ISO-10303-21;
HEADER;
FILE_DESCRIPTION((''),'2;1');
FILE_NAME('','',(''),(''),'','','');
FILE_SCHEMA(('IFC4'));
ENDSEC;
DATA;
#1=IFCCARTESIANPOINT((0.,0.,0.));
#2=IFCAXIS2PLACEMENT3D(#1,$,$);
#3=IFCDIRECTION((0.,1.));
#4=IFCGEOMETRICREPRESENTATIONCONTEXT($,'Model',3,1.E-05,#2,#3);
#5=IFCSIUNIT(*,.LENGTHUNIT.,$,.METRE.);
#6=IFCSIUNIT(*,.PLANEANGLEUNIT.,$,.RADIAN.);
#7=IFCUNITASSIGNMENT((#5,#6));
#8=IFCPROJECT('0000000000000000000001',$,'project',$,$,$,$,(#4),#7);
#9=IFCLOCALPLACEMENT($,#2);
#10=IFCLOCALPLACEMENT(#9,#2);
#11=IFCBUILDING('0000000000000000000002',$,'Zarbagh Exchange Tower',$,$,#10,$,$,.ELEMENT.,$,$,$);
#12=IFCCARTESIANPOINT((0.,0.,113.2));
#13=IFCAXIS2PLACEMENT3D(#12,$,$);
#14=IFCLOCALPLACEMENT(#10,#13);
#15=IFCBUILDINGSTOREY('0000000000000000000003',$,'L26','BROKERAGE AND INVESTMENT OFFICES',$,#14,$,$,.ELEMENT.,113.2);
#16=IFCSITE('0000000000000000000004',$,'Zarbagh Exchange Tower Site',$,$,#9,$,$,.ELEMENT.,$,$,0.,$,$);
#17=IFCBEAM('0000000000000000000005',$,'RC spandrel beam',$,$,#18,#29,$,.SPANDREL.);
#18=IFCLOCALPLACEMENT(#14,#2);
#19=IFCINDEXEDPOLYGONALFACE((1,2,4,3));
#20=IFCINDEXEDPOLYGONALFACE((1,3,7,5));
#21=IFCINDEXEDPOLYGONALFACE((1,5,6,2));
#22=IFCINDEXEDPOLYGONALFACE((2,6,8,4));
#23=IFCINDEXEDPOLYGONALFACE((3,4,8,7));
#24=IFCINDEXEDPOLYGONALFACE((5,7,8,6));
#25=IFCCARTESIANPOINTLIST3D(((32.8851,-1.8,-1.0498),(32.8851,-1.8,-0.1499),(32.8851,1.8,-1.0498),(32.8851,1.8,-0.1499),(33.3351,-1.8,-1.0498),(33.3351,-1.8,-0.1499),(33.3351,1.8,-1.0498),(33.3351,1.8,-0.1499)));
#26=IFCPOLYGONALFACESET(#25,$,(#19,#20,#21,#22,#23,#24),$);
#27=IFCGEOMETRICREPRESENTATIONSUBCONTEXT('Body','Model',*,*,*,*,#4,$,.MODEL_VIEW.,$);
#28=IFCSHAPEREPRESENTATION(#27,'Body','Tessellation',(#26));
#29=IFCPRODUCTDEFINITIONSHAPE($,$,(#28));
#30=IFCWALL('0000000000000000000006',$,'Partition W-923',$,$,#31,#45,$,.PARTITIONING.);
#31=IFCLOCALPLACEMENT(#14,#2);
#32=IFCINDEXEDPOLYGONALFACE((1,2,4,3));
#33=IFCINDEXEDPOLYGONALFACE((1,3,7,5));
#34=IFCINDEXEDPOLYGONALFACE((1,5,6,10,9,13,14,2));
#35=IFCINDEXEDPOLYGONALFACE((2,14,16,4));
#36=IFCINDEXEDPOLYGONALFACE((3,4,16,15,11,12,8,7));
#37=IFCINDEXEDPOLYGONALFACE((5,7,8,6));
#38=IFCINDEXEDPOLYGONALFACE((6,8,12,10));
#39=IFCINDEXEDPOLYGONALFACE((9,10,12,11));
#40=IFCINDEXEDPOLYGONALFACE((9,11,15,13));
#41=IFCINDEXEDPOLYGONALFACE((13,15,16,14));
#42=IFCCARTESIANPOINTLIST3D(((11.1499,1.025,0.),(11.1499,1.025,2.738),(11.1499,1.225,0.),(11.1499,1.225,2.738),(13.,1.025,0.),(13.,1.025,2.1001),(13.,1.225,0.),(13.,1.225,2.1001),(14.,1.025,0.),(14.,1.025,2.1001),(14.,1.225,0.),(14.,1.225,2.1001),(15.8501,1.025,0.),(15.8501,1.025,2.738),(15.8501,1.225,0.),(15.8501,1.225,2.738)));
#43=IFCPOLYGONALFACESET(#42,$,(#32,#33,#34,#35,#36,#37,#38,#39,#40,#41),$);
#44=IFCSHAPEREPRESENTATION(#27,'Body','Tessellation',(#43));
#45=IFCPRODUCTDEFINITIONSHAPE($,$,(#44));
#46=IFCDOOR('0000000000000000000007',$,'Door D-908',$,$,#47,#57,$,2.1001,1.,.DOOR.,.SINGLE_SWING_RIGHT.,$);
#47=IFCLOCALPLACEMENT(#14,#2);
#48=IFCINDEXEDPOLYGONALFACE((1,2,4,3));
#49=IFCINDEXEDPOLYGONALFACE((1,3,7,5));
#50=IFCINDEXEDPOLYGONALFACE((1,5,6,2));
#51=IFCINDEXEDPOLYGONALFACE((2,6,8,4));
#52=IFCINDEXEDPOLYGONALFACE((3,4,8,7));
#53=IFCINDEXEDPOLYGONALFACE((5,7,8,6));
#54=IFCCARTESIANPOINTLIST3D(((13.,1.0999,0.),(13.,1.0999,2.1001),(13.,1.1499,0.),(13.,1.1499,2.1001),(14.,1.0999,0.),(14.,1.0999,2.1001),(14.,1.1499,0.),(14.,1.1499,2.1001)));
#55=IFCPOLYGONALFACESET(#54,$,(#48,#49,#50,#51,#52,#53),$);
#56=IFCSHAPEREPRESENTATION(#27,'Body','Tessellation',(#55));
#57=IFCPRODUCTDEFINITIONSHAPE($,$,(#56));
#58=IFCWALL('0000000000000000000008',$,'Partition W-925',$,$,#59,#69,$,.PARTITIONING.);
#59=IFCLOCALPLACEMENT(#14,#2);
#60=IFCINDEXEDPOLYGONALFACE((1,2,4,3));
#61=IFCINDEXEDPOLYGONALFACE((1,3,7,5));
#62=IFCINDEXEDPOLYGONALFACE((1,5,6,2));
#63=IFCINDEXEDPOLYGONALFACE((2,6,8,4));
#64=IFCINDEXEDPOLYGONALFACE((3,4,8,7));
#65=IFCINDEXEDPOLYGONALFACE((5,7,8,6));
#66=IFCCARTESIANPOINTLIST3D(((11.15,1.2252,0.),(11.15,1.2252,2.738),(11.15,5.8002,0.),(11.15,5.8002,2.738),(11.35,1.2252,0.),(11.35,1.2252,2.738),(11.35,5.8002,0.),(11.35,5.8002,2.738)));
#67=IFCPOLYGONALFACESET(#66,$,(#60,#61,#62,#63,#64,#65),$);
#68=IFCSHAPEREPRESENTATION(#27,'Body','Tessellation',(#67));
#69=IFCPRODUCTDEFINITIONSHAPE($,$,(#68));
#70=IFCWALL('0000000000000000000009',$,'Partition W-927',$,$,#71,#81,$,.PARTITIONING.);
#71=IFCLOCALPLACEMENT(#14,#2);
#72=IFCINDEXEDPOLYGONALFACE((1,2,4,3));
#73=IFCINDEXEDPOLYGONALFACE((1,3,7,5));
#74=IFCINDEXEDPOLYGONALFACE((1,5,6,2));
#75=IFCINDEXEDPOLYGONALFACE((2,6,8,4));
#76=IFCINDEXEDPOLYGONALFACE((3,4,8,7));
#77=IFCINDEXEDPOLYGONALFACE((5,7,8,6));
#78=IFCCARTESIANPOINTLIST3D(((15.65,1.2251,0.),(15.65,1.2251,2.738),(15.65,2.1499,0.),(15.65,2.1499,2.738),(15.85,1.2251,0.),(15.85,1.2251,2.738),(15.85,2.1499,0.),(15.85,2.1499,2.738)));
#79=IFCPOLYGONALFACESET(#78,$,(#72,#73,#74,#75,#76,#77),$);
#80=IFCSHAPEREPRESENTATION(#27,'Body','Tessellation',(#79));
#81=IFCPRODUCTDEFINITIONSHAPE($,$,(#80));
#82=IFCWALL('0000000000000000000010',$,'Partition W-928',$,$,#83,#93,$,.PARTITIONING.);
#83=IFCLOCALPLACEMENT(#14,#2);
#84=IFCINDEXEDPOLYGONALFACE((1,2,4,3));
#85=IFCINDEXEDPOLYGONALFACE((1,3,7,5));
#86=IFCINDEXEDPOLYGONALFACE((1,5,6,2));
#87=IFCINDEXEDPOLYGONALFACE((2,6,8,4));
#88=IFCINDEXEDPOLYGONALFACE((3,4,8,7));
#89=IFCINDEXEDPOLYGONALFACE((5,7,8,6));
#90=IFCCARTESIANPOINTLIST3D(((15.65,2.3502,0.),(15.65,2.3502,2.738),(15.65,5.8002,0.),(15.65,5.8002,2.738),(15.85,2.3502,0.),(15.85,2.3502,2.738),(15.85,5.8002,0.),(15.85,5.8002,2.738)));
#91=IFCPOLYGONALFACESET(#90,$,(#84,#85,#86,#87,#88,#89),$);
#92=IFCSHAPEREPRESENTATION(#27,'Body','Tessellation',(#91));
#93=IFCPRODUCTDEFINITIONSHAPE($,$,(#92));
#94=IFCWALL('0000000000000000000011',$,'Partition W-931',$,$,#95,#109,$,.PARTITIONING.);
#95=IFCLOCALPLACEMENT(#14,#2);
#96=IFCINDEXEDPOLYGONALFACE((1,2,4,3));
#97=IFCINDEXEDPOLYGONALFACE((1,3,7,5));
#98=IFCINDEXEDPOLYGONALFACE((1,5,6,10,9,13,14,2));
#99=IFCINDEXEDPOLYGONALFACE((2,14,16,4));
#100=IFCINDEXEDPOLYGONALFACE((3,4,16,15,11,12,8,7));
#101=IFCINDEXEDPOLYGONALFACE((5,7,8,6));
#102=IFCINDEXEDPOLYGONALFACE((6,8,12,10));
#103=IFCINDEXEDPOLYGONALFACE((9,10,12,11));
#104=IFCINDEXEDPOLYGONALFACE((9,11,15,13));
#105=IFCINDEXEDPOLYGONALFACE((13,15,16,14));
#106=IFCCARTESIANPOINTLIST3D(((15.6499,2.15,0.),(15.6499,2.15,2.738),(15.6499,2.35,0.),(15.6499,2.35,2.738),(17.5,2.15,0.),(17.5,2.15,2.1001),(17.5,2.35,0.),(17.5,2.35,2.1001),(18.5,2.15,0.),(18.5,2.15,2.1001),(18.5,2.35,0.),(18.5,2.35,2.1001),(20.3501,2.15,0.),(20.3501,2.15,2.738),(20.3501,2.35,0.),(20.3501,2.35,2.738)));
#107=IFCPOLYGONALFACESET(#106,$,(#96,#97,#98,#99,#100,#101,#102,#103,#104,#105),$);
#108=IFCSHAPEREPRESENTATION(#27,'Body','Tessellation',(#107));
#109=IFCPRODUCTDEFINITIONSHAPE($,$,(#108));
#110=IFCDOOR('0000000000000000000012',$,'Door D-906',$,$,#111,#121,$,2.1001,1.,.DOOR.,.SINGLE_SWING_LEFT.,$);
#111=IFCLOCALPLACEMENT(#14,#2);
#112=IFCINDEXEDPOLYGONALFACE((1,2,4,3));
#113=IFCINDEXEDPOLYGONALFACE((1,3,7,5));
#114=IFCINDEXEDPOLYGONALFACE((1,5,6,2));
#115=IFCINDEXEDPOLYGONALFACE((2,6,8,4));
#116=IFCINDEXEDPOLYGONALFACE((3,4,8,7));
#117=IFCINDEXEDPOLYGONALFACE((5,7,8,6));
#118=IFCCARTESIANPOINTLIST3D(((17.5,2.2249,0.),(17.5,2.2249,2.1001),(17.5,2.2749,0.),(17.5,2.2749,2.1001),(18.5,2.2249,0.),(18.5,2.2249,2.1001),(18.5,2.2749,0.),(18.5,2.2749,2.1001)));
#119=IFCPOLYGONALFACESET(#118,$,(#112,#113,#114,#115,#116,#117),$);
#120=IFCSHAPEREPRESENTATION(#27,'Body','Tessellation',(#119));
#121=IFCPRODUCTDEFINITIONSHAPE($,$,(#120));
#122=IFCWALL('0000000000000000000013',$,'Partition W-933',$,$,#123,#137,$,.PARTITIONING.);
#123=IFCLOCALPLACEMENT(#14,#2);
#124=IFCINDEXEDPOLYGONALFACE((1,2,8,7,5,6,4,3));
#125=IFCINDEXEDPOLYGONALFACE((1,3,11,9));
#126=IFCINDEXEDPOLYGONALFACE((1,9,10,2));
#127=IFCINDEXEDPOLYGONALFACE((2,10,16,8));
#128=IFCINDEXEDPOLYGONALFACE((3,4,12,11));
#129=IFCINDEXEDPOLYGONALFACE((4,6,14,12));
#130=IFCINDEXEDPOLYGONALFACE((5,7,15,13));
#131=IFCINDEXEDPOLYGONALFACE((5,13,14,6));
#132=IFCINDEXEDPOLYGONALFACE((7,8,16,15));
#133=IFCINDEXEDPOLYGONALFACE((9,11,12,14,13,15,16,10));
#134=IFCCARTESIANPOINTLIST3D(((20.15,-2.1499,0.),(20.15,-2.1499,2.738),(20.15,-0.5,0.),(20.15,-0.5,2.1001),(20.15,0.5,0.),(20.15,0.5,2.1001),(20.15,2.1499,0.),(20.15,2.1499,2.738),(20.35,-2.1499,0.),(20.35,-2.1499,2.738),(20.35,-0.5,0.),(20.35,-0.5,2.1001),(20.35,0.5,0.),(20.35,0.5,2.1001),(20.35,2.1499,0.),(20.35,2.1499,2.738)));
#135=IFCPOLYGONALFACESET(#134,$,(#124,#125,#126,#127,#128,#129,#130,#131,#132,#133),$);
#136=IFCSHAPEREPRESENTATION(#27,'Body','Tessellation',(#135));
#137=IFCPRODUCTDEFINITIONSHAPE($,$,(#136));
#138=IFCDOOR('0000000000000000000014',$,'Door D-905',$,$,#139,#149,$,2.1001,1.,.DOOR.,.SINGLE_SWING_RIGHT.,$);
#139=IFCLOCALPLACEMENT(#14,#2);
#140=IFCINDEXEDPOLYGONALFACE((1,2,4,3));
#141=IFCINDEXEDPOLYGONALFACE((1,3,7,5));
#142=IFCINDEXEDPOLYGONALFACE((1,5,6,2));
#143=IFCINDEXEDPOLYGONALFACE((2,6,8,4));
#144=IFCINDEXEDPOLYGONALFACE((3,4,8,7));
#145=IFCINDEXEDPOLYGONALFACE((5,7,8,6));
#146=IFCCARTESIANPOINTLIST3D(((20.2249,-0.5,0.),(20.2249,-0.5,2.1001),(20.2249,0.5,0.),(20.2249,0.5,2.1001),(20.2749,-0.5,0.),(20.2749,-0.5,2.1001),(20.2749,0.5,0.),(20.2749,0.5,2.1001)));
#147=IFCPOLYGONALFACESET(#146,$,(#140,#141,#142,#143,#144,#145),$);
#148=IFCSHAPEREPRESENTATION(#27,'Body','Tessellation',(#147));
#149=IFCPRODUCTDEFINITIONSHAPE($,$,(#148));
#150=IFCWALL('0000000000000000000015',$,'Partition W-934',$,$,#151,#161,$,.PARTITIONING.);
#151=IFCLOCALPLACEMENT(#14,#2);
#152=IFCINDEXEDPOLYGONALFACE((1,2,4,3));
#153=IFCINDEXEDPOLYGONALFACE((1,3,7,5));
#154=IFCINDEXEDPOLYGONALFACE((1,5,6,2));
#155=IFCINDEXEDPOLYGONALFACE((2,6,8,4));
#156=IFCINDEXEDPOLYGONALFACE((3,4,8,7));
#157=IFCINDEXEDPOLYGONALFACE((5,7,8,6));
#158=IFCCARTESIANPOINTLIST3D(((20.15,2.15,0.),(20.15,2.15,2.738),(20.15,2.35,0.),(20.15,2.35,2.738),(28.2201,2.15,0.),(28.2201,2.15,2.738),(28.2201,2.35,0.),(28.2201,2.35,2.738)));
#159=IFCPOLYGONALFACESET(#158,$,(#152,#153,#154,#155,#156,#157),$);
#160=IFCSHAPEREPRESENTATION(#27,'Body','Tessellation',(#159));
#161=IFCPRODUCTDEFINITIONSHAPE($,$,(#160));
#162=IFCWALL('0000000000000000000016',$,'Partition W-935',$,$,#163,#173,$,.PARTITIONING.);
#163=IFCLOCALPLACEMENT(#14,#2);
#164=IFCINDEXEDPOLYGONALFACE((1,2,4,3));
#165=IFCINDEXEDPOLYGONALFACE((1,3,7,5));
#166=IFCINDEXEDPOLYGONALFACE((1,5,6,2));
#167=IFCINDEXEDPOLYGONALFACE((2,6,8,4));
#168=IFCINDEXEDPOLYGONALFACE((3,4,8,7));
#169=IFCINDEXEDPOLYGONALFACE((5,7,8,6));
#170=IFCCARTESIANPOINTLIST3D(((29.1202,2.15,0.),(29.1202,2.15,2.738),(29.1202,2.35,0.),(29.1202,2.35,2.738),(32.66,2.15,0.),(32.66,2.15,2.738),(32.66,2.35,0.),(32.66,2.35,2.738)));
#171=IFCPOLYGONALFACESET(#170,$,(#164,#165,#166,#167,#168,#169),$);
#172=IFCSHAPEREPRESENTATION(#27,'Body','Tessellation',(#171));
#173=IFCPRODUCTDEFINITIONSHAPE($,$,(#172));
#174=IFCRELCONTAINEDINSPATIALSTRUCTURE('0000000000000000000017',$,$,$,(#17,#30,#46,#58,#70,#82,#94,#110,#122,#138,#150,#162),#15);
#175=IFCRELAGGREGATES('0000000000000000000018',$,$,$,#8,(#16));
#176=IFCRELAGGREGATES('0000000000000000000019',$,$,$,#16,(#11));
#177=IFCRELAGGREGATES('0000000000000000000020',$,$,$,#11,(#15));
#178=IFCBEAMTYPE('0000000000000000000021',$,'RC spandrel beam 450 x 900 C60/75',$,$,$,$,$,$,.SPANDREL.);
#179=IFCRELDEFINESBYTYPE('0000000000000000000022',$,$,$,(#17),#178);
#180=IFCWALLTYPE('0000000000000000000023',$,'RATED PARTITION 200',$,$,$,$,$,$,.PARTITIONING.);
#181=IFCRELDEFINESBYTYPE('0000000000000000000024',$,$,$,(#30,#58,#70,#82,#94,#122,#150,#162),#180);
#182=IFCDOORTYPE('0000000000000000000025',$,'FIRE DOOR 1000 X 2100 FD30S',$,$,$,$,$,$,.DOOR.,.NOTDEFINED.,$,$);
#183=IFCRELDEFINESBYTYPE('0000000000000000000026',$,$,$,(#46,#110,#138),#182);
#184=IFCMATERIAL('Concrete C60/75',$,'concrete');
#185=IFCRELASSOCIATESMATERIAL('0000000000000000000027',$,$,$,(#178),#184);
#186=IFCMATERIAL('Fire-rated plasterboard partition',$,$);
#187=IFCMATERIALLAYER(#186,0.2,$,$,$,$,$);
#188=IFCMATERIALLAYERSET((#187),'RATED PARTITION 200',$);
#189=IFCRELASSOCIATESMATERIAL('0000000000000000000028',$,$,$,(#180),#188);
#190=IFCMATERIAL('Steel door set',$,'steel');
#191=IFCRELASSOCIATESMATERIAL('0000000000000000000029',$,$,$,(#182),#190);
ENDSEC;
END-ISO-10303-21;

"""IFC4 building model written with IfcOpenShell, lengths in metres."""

from ifc_helpers import new_model, si_unit, direction, frame, frame_2d, origin, origin_2d, place, context, subcontext, project, spatial, rectangle, extrude, material, layer, layer_set, material_profile, profile_set, type_object, element, fill, save


model = new_model("IFC4")

# Units and contexts
model_context = context("Model", 3, precision=1e-05, world=origin(), true_north=direction((0.0, 1.0)))
body_context = subcontext(model_context, "Body", "Model", "MODEL_VIEW")
ifc_project = project(units=[si_unit("LENGTHUNIT", "METRE"), si_unit("PLANEANGLEUNIT", "RADIAN")], contexts=[model_context])

# Site, building, storey
site_placement = place(None, origin())
site = spatial("IfcSite", under=ifc_project, at=site_placement, Name="Zarbagh Exchange Tower Site", CompositionType="ELEMENT", RefElevation=0.0)
building_placement = place(site_placement, origin())
building = spatial("IfcBuilding", under=site, at=building_placement, Name="Zarbagh Exchange Tower", CompositionType="ELEMENT")
storey_placement = place(building_placement, frame((0.0, 0.0, 113.2)))
storey = spatial("IfcBuildingStorey", under=building, at=storey_placement, Name="L26", Description="BROKERAGE AND INVESTMENT OFFICES", CompositionType="ELEMENT", Elevation=113.2)

# Shared definitions
ifc_material_1 = material(Name="Concrete C60/75", Category="concrete")

# Beam
ifc_material_profile_1 = material_profile(ifc_material_1, rectangle(XDim=0.45, YDim=0.8999, at=origin_2d()), Name="RC spandrel beam 450 x 900 C60/75")
ifc_profile_set_1 = profile_set([ifc_material_profile_1], Name="Concrete C60/75")
beam_type = type_object("IfcBeamType", Name="RC spandrel beam 450 x 900 C60/75", PredefinedType="SPANDREL", material=ifc_profile_set_1)
beam_1_placement = place(storey_placement, frame((33.1101, 1.8, -0.5999), z_axis=(0.0, -1.0, 0.0), x_axis=(1.0, 0.0, 0.0)))
element("IfcBeam", 1, at=beam_1_placement, inside=storey, type_object=beam_type, Name="RC spandrel beam", PredefinedType="SPANDREL", context=body_context, shape_type="SweptSolid", body=[
    extrude(rectangle(XDim=0.45, YDim=0.8999, at=origin_2d()), origin(), (0.0, 0.0, 1.0), 3.6001),
])

# Wall, opening, door
ifc_material_2 = material(Name="Fire-rated plasterboard partition")
ifc_layer = layer(ifc_material_2, 0.2)
ifc_layer_set = layer_set([ifc_layer], Name="RATED PARTITION 200")
wall_type = type_object("IfcWallType", Name="RATED PARTITION 200", PredefinedType="PARTITIONING", material=ifc_layer_set)
wall_1_placement = place(storey_placement, frame((11.1499, 1.125, 0.0), z_axis=(0.0, 0.0, 1.0), x_axis=(1.0, 0.0, 0.0)))
wall_1 = element("IfcWall", 2, at=wall_1_placement, inside=storey, type_object=wall_type, Name="Partition W-923", PredefinedType="PARTITIONING", context=body_context, shape_type="SweptSolid", body=[
    extrude(rectangle(XDim=4.7002, YDim=0.2, at=frame_2d((2.3501, 0.0))), origin(), (0.0, 0.0, 1.0), 2.738),
])
opening_1_placement = place(wall_1_placement, frame((1.8501, 0.0, 0.0)))
opening_1 = element("IfcOpeningElement", 3, at=opening_1_placement, cuts=wall_1, PredefinedType="OPENING", context=body_context, shape_type="SweptSolid", body=[
    extrude(rectangle(XDim=1.0, YDim=2.1001, at=frame_2d((0.5, 1.05))), frame((0.0, 0.1099, 0.0), z_axis=(0.0, -1.0, 0.0), x_axis=(1.0, 0.0, 0.0)), (0.0, 0.0, 1.0), 0.22),
])
ifc_material_3 = material(Name="Steel door set", Category="steel")
door_type = type_object("IfcDoorType", Name="FIRE DOOR 1000 X 2100 FD30S", OperationType="NOTDEFINED", PredefinedType="DOOR", material=ifc_material_3)
door_1_placement = place(opening_1_placement, origin())
door_1 = element("IfcDoor", 4, at=door_1_placement, inside=storey, type_object=door_type, Name="Door D-908", OperationType="SINGLE_SWING_RIGHT", OverallHeight=2.1001, OverallWidth=1.0, PredefinedType="DOOR", context=body_context, shape_type="SweptSolid", body=[
    extrude(rectangle(XDim=1.0, YDim=2.1001, at=frame_2d((0.5, 1.05))), frame((0.0, 0.0249, 0.0), z_axis=(0.0, -1.0, 0.0), x_axis=(1.0, 0.0, 0.0)), (0.0, 0.0, 1.0), 0.05),
])
fill(opening_1, door_1)

# Walls
wall_2_placement = place(storey_placement, frame((11.25, 1.2251, 0.0), z_axis=(0.0, 0.0, 1.0), x_axis=(0.0, 1.0, 0.0)))
element("IfcWall", 5, at=wall_2_placement, inside=storey, type_object=wall_type, Name="Partition W-925", PredefinedType="PARTITIONING", context=body_context, shape_type="SweptSolid", body=[
    extrude(rectangle(XDim=4.575, YDim=0.2, at=frame_2d((2.2876, 0.0))), origin(), (0.0, 0.0, 1.0), 2.738),
])
wall_3_placement = place(storey_placement, frame((15.75, 1.2251, 0.0), z_axis=(0.0, 0.0, 1.0), x_axis=(0.0, 1.0, 0.0)))
element("IfcWall", 6, at=wall_3_placement, inside=storey, type_object=wall_type, Name="Partition W-927", PredefinedType="PARTITIONING", context=body_context, shape_type="SweptSolid", body=[
    extrude(rectangle(XDim=0.9248, YDim=0.2, at=frame_2d((0.4624, 0.0))), origin(), (0.0, 0.0, 1.0), 2.738),
])
wall_4_placement = place(storey_placement, frame((15.75, 2.3501, 0.0), z_axis=(0.0, 0.0, 1.0), x_axis=(0.0, 1.0, 0.0)))
element("IfcWall", 7, at=wall_4_placement, inside=storey, type_object=wall_type, Name="Partition W-928", PredefinedType="PARTITIONING", context=body_context, shape_type="SweptSolid", body=[
    extrude(rectangle(XDim=3.45, YDim=0.2, at=frame_2d((1.7251, 0.0))), origin(), (0.0, 0.0, 1.0), 2.738),
])

# Walls, openings, doors
wall_5_placement = place(storey_placement, frame((15.6499, 2.25, 0.0), z_axis=(0.0, 0.0, 1.0), x_axis=(1.0, 0.0, 0.0)))
wall_5 = element("IfcWall", 8, at=wall_5_placement, inside=storey, type_object=wall_type, Name="Partition W-931", PredefinedType="PARTITIONING", context=body_context, shape_type="SweptSolid", body=[
    extrude(rectangle(XDim=4.7002, YDim=0.2, at=frame_2d((2.3501, 0.0))), origin(), (0.0, 0.0, 1.0), 2.738),
])
opening_2_placement = place(wall_5_placement, frame((1.8501, 0.0, 0.0)))
opening_2 = element("IfcOpeningElement", 9, at=opening_2_placement, cuts=wall_5, PredefinedType="OPENING", context=body_context, shape_type="SweptSolid", body=[
    extrude(rectangle(XDim=1.0, YDim=2.1001, at=frame_2d((0.5, 1.05))), frame((0.0, 0.1099, 0.0), z_axis=(0.0, -1.0, 0.0), x_axis=(1.0, 0.0, 0.0)), (0.0, 0.0, 1.0), 0.22),
])
door_2_placement = place(opening_2_placement, origin())
door_2 = element("IfcDoor", 10, at=door_2_placement, inside=storey, type_object=door_type, Name="Door D-906", OperationType="SINGLE_SWING_LEFT", OverallHeight=2.1001, OverallWidth=1.0, PredefinedType="DOOR", context=body_context, shape_type="SweptSolid", body=[
    extrude(rectangle(XDim=1.0, YDim=2.1001, at=frame_2d((0.5, 1.05))), frame((0.0, 0.0249, 0.0), z_axis=(0.0, -1.0, 0.0), x_axis=(1.0, 0.0, 0.0)), (0.0, 0.0, 1.0), 0.05),
])
fill(opening_2, door_2)
wall_6_placement = place(storey_placement, frame((20.25, 2.1499, 0.0), z_axis=(0.0, 0.0, 1.0), x_axis=(0.0, -1.0, 0.0)))
wall_6 = element("IfcWall", 11, at=wall_6_placement, inside=storey, type_object=wall_type, Name="Partition W-933", PredefinedType="PARTITIONING", context=body_context, shape_type="SweptSolid", body=[
    extrude(rectangle(XDim=4.2998, YDim=0.2, at=frame_2d((2.1499, 0.0))), origin(), (0.0, 0.0, 1.0), 2.738),
])
opening_3_placement = place(wall_6_placement, frame((1.6499, 0.0, 0.0)))
opening_3 = element("IfcOpeningElement", 12, at=opening_3_placement, cuts=wall_6, PredefinedType="OPENING", context=body_context, shape_type="SweptSolid", body=[
    extrude(rectangle(XDim=1.0, YDim=2.1001, at=frame_2d((0.5, 1.05))), frame((0.0, 0.1099, 0.0), z_axis=(0.0, -1.0, 0.0), x_axis=(1.0, 0.0, 0.0)), (0.0, 0.0, 1.0), 0.22),
])
door_3_placement = place(opening_3_placement, origin())
door_3 = element("IfcDoor", 13, at=door_3_placement, inside=storey, type_object=door_type, Name="Door D-905", OperationType="SINGLE_SWING_RIGHT", OverallHeight=2.1001, OverallWidth=1.0, PredefinedType="DOOR", context=body_context, shape_type="SweptSolid", body=[
    extrude(rectangle(XDim=1.0, YDim=2.1001, at=frame_2d((0.5, 1.05))), frame((0.0, 0.0249, 0.0), z_axis=(0.0, -1.0, 0.0), x_axis=(1.0, 0.0, 0.0)), (0.0, 0.0, 1.0), 0.05),
])
fill(opening_3, door_3)

# Walls
wall_7_placement = place(storey_placement, frame((20.1499, 2.25, 0.0), z_axis=(0.0, 0.0, 1.0), x_axis=(1.0, 0.0, 0.0)))
element("IfcWall", 14, at=wall_7_placement, inside=storey, type_object=wall_type, Name="Partition W-934", PredefinedType="PARTITIONING", context=body_context, shape_type="SweptSolid", body=[
    extrude(rectangle(XDim=8.0701, YDim=0.2, at=frame_2d((4.0352, 0.0))), origin(), (0.0, 0.0, 1.0), 2.738),
])
wall_8_placement = place(storey_placement, frame((29.1201, 2.25, 0.0), z_axis=(0.0, 0.0, 1.0), x_axis=(1.0, 0.0, 0.0)))
element("IfcWall", 15, at=wall_8_placement, inside=storey, type_object=wall_type, Name="Partition W-935", PredefinedType="PARTITIONING", context=body_context, shape_type="SweptSolid", body=[
    extrude(rectangle(XDim=3.5398, YDim=0.2, at=frame_2d((1.77, 0.0))), origin(), (0.0, 0.0, 1.0), 2.738),
])

save(model, "model.ifc")
